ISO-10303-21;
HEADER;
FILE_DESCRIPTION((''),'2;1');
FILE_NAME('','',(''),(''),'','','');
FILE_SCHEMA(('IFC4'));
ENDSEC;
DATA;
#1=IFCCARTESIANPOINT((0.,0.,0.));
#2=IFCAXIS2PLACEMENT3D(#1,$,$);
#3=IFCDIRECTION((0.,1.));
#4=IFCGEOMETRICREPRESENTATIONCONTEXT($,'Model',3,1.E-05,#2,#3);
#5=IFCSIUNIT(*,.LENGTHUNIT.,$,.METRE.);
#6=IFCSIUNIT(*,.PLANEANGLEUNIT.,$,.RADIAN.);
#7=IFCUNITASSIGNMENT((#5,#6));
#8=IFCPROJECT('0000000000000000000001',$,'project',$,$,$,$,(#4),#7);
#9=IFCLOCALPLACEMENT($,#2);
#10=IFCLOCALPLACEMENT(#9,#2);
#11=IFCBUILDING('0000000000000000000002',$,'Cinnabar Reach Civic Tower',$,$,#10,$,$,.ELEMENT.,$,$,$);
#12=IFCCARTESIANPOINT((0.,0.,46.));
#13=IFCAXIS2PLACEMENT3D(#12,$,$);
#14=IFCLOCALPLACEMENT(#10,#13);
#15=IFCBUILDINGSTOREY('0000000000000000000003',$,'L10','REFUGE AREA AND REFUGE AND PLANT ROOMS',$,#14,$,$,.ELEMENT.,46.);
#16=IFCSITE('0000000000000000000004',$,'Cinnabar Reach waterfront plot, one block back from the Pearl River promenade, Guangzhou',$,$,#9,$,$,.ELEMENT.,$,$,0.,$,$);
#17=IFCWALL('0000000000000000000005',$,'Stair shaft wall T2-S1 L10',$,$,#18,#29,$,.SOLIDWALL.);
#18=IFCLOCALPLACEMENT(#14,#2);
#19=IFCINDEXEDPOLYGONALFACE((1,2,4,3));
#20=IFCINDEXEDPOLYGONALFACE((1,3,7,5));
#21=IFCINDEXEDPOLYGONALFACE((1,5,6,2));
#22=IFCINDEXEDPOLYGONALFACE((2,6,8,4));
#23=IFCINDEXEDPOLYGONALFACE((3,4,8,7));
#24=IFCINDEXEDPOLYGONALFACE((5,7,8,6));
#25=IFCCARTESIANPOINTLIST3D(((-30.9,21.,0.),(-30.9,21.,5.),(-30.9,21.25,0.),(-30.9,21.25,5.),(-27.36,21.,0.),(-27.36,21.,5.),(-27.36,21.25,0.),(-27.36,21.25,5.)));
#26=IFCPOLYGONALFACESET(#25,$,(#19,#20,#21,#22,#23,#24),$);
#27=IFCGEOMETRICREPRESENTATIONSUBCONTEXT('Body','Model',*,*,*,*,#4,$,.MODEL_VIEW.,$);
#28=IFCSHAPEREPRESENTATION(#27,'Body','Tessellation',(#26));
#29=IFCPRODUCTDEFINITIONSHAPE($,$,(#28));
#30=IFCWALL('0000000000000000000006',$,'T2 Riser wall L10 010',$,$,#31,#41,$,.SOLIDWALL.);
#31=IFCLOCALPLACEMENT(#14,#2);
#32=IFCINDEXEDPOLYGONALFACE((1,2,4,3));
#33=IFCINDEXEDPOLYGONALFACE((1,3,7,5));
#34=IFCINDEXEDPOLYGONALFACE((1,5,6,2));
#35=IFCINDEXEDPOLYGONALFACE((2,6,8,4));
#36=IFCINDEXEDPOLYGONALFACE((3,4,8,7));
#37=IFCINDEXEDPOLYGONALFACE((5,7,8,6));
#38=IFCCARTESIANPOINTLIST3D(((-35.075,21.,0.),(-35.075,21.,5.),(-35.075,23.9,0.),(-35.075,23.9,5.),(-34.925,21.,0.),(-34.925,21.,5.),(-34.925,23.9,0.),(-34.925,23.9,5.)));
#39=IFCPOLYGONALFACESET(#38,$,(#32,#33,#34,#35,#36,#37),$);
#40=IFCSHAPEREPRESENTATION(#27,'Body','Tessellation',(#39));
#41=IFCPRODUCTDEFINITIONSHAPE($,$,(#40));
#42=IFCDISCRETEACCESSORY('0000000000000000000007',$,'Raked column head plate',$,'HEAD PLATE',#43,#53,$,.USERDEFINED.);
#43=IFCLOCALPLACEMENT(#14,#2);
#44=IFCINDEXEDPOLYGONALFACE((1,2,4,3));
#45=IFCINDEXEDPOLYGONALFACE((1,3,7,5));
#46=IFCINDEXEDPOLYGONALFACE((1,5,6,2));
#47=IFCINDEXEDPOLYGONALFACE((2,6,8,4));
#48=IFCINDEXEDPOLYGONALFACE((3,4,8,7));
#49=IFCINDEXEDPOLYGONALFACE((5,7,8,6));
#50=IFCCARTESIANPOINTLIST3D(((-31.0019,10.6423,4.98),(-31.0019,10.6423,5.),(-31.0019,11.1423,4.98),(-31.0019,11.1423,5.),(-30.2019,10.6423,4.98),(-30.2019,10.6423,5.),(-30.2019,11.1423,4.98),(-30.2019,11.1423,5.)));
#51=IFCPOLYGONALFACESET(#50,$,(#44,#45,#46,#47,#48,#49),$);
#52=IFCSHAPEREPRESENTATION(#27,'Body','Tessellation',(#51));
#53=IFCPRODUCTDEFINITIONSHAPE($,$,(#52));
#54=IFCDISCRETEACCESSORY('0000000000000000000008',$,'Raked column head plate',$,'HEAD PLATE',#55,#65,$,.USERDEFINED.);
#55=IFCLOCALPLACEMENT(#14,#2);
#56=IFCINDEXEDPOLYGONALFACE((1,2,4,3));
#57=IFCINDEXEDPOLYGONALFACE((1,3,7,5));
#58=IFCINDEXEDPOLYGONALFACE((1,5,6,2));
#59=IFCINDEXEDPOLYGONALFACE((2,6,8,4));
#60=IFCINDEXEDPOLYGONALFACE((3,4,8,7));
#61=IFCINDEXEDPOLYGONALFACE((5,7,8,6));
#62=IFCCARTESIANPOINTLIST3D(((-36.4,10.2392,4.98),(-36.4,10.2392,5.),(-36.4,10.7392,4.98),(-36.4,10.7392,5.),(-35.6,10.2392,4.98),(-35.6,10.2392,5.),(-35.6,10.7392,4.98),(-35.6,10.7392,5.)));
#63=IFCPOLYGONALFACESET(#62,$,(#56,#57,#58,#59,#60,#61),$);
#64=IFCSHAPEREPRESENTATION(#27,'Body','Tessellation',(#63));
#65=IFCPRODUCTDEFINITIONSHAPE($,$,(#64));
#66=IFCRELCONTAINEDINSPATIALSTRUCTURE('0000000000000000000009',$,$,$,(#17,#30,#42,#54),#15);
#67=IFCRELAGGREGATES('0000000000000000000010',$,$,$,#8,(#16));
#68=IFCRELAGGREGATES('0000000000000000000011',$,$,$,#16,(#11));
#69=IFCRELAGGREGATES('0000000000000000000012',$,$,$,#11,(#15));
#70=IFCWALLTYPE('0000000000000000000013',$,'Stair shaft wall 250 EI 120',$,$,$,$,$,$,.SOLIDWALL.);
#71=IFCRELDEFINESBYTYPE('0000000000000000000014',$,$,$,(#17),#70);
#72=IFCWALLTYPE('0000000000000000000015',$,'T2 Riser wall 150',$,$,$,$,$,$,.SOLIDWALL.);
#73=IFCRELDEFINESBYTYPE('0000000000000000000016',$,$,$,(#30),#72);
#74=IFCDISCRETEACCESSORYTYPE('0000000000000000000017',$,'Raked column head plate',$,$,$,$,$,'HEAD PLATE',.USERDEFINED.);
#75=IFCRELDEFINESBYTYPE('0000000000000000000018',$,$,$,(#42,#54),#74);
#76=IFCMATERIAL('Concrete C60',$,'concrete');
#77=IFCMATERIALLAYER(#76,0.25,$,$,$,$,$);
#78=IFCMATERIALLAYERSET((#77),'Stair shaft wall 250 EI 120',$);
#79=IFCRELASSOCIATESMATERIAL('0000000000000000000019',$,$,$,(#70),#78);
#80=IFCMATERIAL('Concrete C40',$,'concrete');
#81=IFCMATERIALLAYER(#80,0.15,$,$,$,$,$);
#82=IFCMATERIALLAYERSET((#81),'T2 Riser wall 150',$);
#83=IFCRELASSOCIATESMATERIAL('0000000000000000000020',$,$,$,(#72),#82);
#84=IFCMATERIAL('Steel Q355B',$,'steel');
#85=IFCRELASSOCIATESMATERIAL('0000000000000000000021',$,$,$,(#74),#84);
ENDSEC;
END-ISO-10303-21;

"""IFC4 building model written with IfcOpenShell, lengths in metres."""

from ifc_helpers import new_model, si_unit, direction, frame, frame_2d, origin, origin_2d, place, context, subcontext, project, spatial, rectangle, extrude, material, layer, layer_set, type_object, element, save


model = new_model("IFC4")

# Units and contexts
model_context = context("Model", 3, precision=1e-05, world=origin(), true_north=direction((0.0, 1.0)))
body_context = subcontext(model_context, "Body", "Model", "MODEL_VIEW")
ifc_project = project(units=[si_unit("LENGTHUNIT", "METRE"), si_unit("PLANEANGLEUNIT", "RADIAN")], contexts=[model_context])

# Site, building, storey
site_placement = place(None, origin())
site = spatial("IfcSite", under=ifc_project, at=site_placement, Name="Cinnabar Reach waterfront plot, one block back from the Pearl River promenade, Guangzhou", CompositionType="ELEMENT", RefElevation=0.0)
building_placement = place(site_placement, origin())
building = spatial("IfcBuilding", under=site, at=building_placement, Name="Cinnabar Reach Civic Tower", CompositionType="ELEMENT")
storey_placement = place(building_placement, frame((0.0, 0.0, 46.0)))
storey = spatial("IfcBuildingStorey", under=building, at=storey_placement, Name="L10", Description="REFUGE AREA AND REFUGE AND PLANT ROOMS", CompositionType="ELEMENT", Elevation=46.0)

# Shared definitions
ifc_material_1 = material(Name="Concrete C60", Category="concrete")

# Shared definitions
ifc_material_2 = material(Name="Steel Q355B", Category="steel")

# Shared definitions
ifc_material_3 = material(Name="Concrete C40", Category="concrete")

# Walls
ifc_layer_1 = layer(ifc_material_1, 0.25)
ifc_layer_set_1 = layer_set([ifc_layer_1], Name="Stair shaft wall 250 EI 120")
wall_type_1 = type_object("IfcWallType", Name="Stair shaft wall 250 EI 120", PredefinedType="SOLIDWALL", material=ifc_layer_set_1)
wall_1_placement = place(storey_placement, frame((-30.9, 21.125, 0.0), z_axis=(0.0, 0.0, 1.0), x_axis=(1.0, 0.0, 0.0)))
element("IfcWall", 1, at=wall_1_placement, inside=storey, type_object=wall_type_1, Name="Stair shaft wall T2-S1 L10", PredefinedType="SOLIDWALL", context=body_context, shape_type="SweptSolid", body=[
    extrude(rectangle(XDim=3.54, YDim=0.25, at=frame_2d((1.77, 0.0))), origin(), (0.0, 0.0, 1.0), 5.0),
])
ifc_layer_2 = layer(ifc_material_3, 0.15)
ifc_layer_set_2 = layer_set([ifc_layer_2], Name="T2 Riser wall 150")
wall_type_2 = type_object("IfcWallType", Name="T2 Riser wall 150", PredefinedType="SOLIDWALL", material=ifc_layer_set_2)
wall_2_placement = place(storey_placement, frame((-35.0, 21.0, 0.0), z_axis=(0.0, 0.0, 1.0), x_axis=(0.0, 1.0, 0.0)))
element("IfcWall", 2, at=wall_2_placement, inside=storey, type_object=wall_type_2, Name="T2 Riser wall L10 010", PredefinedType="SOLIDWALL", context=body_context, shape_type="SweptSolid", body=[
    extrude(rectangle(XDim=2.9, YDim=0.15, at=frame_2d((1.45, 0.0))), origin(), (0.0, 0.0, 1.0), 5.0),
])

# Discrete accessories
discrete_accessory_type = type_object("IfcDiscreteAccessoryType", Name="Raked column head plate", ElementType="HEAD PLATE", PredefinedType="USERDEFINED", material=ifc_material_2)
for number, where, z_axis, x_axis, name in (
    (3, (-30.6019, 10.8923, 4.98), (0.0, 0.0, 1.0), (0.0, 1.0, 0.0), "Raked column head plate"),
    (4, (-36.0, 10.4892, 4.98), (0.0, 0.0, 1.0), (0.0, 1.0, 0.0), "Raked column head plate"),
):
    element("IfcDiscreteAccessory", number, at=place(storey_placement, frame(where, z_axis=z_axis, x_axis=x_axis)), inside=storey, type_object=discrete_accessory_type, Name=name, ObjectType="HEAD PLATE", PredefinedType="USERDEFINED", context=body_context, shape_type="SweptSolid", body=[
        extrude(rectangle(XDim=0.5, YDim=0.8, at=origin_2d()), origin(), (0.0, 0.0, 1.0), 0.02),
    ])

save(model, "model.ifc")
